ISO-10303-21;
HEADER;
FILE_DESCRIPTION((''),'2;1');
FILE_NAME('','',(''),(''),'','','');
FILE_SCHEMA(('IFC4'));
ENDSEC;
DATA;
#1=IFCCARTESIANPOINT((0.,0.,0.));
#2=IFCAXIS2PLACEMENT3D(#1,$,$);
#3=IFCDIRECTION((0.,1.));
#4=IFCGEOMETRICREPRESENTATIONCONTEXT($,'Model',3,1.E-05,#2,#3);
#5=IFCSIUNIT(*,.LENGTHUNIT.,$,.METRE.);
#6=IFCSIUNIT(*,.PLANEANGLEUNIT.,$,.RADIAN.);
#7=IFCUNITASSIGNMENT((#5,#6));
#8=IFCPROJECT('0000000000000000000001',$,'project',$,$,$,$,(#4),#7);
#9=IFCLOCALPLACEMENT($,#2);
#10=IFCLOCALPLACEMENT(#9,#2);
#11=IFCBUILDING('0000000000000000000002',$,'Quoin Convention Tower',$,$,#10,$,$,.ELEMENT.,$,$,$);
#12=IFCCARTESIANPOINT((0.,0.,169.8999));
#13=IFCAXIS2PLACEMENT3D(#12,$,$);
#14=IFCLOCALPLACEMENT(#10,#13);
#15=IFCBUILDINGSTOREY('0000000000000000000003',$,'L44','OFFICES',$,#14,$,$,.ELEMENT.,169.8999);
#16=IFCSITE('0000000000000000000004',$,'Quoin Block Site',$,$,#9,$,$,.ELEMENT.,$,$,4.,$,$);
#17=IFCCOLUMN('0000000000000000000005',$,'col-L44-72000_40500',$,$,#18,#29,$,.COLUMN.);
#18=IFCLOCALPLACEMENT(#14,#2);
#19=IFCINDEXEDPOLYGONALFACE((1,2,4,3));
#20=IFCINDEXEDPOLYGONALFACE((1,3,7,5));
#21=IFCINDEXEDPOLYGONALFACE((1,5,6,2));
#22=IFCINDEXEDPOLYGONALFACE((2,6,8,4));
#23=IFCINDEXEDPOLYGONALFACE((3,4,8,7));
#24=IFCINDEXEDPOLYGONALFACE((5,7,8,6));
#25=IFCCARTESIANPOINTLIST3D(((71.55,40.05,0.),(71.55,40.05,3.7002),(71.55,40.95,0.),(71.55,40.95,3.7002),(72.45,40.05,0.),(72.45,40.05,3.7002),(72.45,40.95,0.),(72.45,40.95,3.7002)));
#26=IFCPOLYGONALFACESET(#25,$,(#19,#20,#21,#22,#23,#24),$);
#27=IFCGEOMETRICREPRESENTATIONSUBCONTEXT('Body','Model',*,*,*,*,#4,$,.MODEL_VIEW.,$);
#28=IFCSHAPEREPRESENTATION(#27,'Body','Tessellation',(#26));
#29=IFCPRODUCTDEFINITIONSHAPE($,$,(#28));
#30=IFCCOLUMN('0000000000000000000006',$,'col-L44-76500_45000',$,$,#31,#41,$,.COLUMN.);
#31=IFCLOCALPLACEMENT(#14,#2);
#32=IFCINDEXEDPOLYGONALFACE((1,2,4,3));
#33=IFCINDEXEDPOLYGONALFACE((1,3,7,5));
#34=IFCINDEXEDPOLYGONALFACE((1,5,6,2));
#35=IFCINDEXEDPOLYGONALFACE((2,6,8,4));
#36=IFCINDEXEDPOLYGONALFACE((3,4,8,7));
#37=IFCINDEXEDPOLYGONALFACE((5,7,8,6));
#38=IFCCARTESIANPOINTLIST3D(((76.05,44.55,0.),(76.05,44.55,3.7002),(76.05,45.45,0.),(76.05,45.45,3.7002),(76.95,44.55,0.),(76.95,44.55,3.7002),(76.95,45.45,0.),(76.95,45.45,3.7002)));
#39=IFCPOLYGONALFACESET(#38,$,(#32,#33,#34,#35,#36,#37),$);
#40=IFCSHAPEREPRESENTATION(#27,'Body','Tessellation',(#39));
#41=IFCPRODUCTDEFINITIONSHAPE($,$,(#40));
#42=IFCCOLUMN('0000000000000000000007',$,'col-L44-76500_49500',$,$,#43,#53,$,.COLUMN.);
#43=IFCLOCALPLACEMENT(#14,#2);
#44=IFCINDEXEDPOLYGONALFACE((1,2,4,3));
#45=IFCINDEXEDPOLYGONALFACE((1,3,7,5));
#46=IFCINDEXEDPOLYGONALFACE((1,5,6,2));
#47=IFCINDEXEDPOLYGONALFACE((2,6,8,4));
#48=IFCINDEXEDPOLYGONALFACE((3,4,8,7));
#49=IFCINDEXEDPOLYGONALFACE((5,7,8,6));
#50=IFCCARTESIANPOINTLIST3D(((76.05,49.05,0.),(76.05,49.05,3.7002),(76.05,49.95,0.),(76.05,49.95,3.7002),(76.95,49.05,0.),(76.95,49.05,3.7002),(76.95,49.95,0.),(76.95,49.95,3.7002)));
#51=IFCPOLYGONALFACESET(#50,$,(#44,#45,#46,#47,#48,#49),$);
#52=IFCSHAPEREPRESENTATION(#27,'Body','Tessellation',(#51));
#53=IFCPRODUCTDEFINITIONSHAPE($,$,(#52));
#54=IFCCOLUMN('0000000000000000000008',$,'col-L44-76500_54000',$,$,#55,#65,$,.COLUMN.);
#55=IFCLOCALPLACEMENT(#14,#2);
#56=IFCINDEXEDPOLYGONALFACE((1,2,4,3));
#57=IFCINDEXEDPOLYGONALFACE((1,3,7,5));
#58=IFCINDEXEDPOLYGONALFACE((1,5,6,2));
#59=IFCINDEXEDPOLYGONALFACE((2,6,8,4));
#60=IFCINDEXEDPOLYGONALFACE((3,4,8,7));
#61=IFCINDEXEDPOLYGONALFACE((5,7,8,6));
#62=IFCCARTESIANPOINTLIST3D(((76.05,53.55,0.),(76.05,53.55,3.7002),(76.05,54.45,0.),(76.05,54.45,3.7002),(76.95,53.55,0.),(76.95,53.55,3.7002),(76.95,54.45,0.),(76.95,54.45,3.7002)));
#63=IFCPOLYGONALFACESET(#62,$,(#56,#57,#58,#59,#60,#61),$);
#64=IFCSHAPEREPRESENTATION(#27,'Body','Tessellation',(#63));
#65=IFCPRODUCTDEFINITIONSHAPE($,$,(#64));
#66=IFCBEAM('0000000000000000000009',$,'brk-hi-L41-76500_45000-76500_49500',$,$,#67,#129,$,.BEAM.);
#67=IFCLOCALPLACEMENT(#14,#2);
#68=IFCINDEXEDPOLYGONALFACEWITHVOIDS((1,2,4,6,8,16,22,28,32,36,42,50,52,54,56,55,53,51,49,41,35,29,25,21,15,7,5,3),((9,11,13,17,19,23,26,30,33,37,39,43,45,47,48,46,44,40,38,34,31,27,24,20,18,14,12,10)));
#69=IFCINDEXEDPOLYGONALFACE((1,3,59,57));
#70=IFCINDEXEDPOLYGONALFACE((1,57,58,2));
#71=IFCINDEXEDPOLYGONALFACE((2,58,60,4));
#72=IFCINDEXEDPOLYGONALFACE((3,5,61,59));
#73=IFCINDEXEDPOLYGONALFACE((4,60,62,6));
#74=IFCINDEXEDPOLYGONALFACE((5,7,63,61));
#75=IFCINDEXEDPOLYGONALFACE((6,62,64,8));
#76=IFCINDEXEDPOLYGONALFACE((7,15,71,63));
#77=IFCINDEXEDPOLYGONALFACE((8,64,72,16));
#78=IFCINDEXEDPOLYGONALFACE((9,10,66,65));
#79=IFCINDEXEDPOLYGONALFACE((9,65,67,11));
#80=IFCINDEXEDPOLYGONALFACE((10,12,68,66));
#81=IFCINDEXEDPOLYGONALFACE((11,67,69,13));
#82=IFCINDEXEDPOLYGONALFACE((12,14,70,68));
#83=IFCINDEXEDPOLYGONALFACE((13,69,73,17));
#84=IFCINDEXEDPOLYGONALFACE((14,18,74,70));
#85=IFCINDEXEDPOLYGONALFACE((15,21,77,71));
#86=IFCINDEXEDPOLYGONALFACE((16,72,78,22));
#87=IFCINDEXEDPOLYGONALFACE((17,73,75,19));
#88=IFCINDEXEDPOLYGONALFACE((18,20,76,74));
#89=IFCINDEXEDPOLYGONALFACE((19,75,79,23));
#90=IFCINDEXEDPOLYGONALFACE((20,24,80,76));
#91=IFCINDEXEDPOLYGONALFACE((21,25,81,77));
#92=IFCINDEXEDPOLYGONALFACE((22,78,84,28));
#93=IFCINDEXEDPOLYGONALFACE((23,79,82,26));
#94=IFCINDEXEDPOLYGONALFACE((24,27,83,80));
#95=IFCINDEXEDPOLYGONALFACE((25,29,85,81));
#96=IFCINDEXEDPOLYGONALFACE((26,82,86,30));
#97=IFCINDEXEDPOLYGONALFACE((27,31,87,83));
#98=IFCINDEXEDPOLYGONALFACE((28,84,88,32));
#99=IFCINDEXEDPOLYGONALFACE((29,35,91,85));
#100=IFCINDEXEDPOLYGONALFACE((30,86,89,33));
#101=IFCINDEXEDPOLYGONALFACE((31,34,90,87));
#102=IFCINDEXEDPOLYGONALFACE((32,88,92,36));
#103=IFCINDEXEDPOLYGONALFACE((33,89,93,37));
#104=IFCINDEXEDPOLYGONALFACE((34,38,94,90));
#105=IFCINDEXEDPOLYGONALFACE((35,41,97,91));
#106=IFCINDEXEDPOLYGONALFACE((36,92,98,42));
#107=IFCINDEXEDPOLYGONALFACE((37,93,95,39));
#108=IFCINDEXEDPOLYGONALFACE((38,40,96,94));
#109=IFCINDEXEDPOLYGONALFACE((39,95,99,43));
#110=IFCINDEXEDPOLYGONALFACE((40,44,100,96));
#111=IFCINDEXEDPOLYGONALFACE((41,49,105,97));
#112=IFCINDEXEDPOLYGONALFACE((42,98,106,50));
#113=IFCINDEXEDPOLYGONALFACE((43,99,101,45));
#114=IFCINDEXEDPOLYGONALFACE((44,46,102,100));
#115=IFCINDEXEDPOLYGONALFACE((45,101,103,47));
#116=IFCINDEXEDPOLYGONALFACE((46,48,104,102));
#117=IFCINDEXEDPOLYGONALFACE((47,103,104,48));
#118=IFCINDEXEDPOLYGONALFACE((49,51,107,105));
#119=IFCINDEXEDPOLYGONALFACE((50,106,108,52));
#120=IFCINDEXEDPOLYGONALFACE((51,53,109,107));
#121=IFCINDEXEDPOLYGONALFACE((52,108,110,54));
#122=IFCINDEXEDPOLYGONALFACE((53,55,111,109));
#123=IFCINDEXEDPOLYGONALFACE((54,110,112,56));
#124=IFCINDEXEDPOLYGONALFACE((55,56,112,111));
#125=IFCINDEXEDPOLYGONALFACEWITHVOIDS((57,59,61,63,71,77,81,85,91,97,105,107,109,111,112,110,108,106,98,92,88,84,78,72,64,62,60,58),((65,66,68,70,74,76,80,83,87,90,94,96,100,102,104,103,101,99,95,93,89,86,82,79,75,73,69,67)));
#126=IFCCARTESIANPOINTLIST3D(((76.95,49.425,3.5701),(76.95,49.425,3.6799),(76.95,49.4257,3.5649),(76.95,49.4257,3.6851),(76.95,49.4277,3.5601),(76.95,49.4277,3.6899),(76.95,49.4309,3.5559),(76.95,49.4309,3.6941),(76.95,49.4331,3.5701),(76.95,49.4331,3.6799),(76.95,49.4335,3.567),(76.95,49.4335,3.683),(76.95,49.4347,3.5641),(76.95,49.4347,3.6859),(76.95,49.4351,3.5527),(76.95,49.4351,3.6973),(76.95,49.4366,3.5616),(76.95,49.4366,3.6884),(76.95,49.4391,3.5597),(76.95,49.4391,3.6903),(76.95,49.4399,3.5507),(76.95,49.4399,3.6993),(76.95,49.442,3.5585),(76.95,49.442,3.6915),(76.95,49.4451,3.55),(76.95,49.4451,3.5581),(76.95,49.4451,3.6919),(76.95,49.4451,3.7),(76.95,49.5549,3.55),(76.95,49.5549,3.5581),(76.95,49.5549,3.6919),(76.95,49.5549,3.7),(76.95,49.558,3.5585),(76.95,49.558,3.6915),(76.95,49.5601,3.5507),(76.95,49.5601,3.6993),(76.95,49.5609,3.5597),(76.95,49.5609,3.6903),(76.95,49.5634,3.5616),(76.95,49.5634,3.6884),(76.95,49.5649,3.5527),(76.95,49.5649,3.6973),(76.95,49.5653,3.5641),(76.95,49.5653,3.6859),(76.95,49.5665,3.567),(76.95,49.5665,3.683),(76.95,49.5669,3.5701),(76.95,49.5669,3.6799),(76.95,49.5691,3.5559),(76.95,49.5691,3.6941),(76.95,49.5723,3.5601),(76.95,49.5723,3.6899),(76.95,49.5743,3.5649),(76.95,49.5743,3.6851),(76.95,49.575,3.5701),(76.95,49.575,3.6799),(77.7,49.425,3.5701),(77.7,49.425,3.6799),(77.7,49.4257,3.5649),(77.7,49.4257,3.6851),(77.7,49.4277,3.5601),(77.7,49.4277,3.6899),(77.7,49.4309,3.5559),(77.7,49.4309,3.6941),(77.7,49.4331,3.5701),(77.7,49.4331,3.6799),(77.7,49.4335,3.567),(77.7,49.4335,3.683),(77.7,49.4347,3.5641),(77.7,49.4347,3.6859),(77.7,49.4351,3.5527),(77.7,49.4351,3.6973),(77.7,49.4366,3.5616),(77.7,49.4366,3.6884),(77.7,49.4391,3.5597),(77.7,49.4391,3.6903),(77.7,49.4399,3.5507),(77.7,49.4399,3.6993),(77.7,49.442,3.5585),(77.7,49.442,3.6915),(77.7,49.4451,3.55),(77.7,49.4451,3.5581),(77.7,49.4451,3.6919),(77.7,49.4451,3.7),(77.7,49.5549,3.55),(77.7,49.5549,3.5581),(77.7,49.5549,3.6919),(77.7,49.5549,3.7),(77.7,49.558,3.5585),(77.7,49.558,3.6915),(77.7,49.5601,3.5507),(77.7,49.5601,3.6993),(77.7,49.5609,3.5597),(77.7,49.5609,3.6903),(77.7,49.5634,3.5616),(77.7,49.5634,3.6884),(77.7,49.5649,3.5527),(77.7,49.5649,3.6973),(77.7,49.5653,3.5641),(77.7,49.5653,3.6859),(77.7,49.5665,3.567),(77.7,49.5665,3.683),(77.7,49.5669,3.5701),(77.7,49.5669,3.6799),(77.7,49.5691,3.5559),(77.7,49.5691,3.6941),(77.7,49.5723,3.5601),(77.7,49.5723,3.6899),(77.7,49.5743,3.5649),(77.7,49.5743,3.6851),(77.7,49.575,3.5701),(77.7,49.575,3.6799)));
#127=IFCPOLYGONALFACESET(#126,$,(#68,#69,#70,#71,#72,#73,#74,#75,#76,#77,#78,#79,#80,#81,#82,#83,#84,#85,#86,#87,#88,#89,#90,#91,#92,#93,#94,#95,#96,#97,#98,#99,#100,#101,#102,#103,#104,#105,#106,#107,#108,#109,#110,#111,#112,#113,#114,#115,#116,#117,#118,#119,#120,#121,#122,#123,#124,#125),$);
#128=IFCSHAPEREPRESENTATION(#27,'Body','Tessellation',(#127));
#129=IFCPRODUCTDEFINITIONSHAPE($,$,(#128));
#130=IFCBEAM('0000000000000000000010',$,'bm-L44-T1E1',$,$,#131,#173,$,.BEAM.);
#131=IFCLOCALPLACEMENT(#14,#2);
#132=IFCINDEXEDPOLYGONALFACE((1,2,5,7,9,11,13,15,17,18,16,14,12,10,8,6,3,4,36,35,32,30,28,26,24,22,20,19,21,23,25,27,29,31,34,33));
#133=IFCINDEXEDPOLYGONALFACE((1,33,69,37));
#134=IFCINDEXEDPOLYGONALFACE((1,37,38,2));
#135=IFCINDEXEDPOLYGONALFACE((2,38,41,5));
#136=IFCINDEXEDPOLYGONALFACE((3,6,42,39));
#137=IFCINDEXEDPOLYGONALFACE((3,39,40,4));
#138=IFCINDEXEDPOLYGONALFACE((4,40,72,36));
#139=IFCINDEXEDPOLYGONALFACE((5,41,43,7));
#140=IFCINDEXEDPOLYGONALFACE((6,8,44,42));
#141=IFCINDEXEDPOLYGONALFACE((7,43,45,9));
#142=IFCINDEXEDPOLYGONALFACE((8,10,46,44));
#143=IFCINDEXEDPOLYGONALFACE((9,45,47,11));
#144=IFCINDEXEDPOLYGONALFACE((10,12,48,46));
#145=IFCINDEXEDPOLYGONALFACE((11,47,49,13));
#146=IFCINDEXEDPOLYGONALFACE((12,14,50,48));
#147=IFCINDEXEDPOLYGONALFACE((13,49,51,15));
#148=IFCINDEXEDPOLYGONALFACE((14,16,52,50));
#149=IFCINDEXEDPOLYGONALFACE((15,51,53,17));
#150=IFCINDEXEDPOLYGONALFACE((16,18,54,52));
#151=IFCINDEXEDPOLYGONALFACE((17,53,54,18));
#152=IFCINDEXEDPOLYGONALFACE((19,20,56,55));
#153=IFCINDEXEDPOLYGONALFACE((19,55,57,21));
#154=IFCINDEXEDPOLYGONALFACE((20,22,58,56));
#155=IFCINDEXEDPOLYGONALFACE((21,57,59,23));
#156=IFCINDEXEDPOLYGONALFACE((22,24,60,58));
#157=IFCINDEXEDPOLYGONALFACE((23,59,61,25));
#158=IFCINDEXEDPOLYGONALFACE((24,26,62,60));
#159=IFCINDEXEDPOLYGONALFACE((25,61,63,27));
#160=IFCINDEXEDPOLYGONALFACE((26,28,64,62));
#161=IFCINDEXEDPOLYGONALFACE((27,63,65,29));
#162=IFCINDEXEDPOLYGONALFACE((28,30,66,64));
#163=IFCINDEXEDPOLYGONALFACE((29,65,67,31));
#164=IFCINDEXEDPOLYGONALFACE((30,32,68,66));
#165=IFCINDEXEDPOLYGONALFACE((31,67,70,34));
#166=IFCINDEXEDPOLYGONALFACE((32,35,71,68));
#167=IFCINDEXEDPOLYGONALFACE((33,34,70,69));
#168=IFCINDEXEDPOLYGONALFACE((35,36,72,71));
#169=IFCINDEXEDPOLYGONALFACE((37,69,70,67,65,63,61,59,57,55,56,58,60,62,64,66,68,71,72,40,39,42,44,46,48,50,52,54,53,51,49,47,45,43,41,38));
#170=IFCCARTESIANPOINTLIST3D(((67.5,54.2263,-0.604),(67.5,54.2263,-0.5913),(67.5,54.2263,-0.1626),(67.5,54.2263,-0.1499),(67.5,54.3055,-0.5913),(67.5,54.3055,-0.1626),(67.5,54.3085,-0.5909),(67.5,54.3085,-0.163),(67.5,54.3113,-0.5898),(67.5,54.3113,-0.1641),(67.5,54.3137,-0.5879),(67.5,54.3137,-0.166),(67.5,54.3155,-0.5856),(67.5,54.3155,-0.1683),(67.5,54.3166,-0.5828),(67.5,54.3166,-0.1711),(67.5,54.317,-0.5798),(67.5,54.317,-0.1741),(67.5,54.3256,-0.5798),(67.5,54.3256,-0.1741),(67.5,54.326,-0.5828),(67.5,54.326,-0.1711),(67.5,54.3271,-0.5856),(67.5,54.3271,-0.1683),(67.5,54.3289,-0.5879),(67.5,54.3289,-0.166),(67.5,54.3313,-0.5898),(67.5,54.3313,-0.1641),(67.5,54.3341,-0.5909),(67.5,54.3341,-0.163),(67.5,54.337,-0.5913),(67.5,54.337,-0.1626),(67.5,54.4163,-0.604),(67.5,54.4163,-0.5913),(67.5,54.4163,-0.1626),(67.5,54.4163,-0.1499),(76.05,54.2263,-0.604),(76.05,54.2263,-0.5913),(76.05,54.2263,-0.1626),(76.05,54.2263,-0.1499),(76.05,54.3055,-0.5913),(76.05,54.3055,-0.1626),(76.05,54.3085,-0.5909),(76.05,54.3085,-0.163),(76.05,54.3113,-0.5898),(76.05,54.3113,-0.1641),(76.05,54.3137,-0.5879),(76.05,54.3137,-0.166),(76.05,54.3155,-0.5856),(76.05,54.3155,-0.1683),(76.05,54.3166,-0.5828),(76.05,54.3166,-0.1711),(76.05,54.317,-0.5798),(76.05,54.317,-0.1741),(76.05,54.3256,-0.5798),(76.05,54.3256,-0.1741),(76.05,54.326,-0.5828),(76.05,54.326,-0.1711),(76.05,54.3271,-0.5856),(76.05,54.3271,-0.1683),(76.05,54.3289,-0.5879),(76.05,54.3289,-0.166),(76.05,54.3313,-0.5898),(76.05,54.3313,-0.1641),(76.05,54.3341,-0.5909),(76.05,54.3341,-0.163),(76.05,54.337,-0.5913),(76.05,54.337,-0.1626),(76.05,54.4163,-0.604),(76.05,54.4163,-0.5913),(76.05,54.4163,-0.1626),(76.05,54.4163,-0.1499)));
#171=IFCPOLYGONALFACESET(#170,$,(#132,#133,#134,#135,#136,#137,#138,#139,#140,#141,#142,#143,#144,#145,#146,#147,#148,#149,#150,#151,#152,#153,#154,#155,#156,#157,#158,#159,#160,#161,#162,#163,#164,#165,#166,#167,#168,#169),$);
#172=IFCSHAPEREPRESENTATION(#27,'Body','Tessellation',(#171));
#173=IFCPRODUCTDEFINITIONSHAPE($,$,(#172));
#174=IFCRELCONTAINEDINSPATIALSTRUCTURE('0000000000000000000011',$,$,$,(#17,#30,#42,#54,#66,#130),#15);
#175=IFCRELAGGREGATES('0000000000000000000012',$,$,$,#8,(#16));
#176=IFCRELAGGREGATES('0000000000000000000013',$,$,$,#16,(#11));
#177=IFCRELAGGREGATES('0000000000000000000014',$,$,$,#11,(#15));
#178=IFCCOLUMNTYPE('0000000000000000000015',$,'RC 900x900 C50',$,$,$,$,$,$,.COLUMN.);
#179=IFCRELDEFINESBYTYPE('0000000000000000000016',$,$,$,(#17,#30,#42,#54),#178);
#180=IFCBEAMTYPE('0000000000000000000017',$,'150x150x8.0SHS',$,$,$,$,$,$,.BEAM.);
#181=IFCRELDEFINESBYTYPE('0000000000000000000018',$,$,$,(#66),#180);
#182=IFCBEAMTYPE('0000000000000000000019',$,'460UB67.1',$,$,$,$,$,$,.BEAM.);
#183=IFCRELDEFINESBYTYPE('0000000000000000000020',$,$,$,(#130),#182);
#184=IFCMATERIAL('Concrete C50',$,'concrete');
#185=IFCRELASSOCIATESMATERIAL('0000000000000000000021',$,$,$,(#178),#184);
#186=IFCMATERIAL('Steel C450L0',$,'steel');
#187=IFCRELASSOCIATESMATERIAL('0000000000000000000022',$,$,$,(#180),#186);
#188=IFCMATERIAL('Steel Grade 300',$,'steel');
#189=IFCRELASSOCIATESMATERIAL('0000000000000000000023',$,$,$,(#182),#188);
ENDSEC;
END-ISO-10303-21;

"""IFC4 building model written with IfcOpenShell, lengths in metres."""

from ifc_helpers import new_model, si_unit, direction, frame, origin, origin_2d, place, context, subcontext, project, spatial, rectangle, hollow_rectangle, i_section, extrude, material, material_profile, profile_set, type_object, element, save


model = new_model("IFC4")

# Units and contexts
model_context = context("Model", 3, precision=1e-05, world=origin(), true_north=direction((0.0, 1.0)))
body_context = subcontext(model_context, "Body", "Model", "MODEL_VIEW")
ifc_project = project(units=[si_unit("LENGTHUNIT", "METRE"), si_unit("PLANEANGLEUNIT", "RADIAN")], contexts=[model_context])

# Site, building, storey
site_placement = place(None, origin())
site = spatial("IfcSite", under=ifc_project, at=site_placement, Name="Quoin Block Site", CompositionType="ELEMENT", RefElevation=4.0)
building_placement = place(site_placement, origin())
building = spatial("IfcBuilding", under=site, at=building_placement, Name="Quoin Convention Tower", CompositionType="ELEMENT")
storey_placement = place(building_placement, frame((0.0, 0.0, 169.8999)))
storey = spatial("IfcBuildingStorey", under=building, at=storey_placement, Name="L44", Description="OFFICES", CompositionType="ELEMENT", Elevation=169.8999)

# Columns
ifc_material_1 = material(Name="Concrete C50", Category="concrete")
ifc_material_profile_1 = material_profile(ifc_material_1, rectangle(XDim=0.8999, YDim=0.8999, at=origin_2d()), Name="RC 900x900")
ifc_profile_set_1 = profile_set([ifc_material_profile_1], Name="Concrete C50")
column_type = type_object("IfcColumnType", Name="RC 900x900 C50", PredefinedType="COLUMN", material=ifc_profile_set_1)
for number, where, z_axis, x_axis, name in (
    (1, (72.0, 40.5, 0.0), (0.0, 0.0, 1.0), (1.0, 0.0, 0.0), "col-L44-72000_40500"),
    (2, (76.5, 45.0, 0.0), (0.0, 0.0, 1.0), (1.0, 0.0, 0.0), "col-L44-76500_45000"),
    (3, (76.5, 49.5, 0.0), (0.0, 0.0, 1.0), (1.0, 0.0, 0.0), "col-L44-76500_49500"),
    (4, (76.5, 54.0, 0.0), (0.0, 0.0, 1.0), (1.0, 0.0, 0.0), "col-L44-76500_54000"),
):
    element("IfcColumn", number, at=place(storey_placement, frame(where, z_axis=z_axis, x_axis=x_axis)), inside=storey, type_object=column_type, Name=name, PredefinedType="COLUMN", context=body_context, shape_type="SweptSolid", body=[
        extrude(rectangle(XDim=0.8999, YDim=0.8999, at=origin_2d()), origin(), (0.0, 0.0, 1.0), 3.7002),
    ])

# Beams
ifc_material_2 = material(Name="Steel C450L0", Category="steel")
ifc_material_profile_2 = material_profile(ifc_material_2, hollow_rectangle(XDim=0.1499, YDim=0.1499, WallThickness=0.0081, InnerFilletRadius=0.012, OuterFilletRadius=0.02, at=origin_2d()), Name="150x150x8.0SHS")
ifc_profile_set_2 = profile_set([ifc_material_profile_2], Name="Steel C450L0")
beam_type_1 = type_object("IfcBeamType", Name="150x150x8.0SHS", PredefinedType="BEAM", material=ifc_profile_set_2)
beam_1_placement = place(storey_placement, frame((76.95, 49.5, 3.625), z_axis=(1.0, 0.0, 0.0), x_axis=(0.0, 1.0, 0.0)))
element("IfcBeam", 5, at=beam_1_placement, inside=storey, type_object=beam_type_1, Name="brk-hi-L41-76500_45000-76500_49500", PredefinedType="BEAM", context=body_context, shape_type="SweptSolid", body=[
    extrude(hollow_rectangle(XDim=0.1499, YDim=0.1499, WallThickness=0.0081, InnerFilletRadius=0.012, OuterFilletRadius=0.02, at=origin_2d()), origin(), (0.0, 0.0, 1.0), 0.75),
])
ifc_material_3 = material(Name="Steel Grade 300", Category="steel")
ifc_material_profile_3 = material_profile(ifc_material_3, i_section(OverallWidth=0.1899, OverallDepth=0.4541, WebThickness=0.0085, FlangeThickness=0.0127, FilletRadius=0.0115, at=origin_2d()), Name="460UB67.1")
ifc_profile_set_3 = profile_set([ifc_material_profile_3], Name="Steel Grade 300")
beam_type_2 = type_object("IfcBeamType", Name="460UB67.1", PredefinedType="BEAM", material=ifc_profile_set_3)
beam_2_placement = place(storey_placement, frame((67.5, 54.3213, -0.377), z_axis=(1.0, 0.0, 0.0), x_axis=(0.0, 1.0, 0.0)))
element("IfcBeam", 6, at=beam_2_placement, inside=storey, type_object=beam_type_2, Name="bm-L44-T1E1", PredefinedType="BEAM", context=body_context, shape_type="SweptSolid", body=[
    extrude(i_section(OverallWidth=0.1899, OverallDepth=0.4541, WebThickness=0.0085, FlangeThickness=0.0127, FilletRadius=0.0115, at=origin_2d()), origin(), (0.0, 0.0, 1.0), 8.55),
])

save(model, "model.ifc")
